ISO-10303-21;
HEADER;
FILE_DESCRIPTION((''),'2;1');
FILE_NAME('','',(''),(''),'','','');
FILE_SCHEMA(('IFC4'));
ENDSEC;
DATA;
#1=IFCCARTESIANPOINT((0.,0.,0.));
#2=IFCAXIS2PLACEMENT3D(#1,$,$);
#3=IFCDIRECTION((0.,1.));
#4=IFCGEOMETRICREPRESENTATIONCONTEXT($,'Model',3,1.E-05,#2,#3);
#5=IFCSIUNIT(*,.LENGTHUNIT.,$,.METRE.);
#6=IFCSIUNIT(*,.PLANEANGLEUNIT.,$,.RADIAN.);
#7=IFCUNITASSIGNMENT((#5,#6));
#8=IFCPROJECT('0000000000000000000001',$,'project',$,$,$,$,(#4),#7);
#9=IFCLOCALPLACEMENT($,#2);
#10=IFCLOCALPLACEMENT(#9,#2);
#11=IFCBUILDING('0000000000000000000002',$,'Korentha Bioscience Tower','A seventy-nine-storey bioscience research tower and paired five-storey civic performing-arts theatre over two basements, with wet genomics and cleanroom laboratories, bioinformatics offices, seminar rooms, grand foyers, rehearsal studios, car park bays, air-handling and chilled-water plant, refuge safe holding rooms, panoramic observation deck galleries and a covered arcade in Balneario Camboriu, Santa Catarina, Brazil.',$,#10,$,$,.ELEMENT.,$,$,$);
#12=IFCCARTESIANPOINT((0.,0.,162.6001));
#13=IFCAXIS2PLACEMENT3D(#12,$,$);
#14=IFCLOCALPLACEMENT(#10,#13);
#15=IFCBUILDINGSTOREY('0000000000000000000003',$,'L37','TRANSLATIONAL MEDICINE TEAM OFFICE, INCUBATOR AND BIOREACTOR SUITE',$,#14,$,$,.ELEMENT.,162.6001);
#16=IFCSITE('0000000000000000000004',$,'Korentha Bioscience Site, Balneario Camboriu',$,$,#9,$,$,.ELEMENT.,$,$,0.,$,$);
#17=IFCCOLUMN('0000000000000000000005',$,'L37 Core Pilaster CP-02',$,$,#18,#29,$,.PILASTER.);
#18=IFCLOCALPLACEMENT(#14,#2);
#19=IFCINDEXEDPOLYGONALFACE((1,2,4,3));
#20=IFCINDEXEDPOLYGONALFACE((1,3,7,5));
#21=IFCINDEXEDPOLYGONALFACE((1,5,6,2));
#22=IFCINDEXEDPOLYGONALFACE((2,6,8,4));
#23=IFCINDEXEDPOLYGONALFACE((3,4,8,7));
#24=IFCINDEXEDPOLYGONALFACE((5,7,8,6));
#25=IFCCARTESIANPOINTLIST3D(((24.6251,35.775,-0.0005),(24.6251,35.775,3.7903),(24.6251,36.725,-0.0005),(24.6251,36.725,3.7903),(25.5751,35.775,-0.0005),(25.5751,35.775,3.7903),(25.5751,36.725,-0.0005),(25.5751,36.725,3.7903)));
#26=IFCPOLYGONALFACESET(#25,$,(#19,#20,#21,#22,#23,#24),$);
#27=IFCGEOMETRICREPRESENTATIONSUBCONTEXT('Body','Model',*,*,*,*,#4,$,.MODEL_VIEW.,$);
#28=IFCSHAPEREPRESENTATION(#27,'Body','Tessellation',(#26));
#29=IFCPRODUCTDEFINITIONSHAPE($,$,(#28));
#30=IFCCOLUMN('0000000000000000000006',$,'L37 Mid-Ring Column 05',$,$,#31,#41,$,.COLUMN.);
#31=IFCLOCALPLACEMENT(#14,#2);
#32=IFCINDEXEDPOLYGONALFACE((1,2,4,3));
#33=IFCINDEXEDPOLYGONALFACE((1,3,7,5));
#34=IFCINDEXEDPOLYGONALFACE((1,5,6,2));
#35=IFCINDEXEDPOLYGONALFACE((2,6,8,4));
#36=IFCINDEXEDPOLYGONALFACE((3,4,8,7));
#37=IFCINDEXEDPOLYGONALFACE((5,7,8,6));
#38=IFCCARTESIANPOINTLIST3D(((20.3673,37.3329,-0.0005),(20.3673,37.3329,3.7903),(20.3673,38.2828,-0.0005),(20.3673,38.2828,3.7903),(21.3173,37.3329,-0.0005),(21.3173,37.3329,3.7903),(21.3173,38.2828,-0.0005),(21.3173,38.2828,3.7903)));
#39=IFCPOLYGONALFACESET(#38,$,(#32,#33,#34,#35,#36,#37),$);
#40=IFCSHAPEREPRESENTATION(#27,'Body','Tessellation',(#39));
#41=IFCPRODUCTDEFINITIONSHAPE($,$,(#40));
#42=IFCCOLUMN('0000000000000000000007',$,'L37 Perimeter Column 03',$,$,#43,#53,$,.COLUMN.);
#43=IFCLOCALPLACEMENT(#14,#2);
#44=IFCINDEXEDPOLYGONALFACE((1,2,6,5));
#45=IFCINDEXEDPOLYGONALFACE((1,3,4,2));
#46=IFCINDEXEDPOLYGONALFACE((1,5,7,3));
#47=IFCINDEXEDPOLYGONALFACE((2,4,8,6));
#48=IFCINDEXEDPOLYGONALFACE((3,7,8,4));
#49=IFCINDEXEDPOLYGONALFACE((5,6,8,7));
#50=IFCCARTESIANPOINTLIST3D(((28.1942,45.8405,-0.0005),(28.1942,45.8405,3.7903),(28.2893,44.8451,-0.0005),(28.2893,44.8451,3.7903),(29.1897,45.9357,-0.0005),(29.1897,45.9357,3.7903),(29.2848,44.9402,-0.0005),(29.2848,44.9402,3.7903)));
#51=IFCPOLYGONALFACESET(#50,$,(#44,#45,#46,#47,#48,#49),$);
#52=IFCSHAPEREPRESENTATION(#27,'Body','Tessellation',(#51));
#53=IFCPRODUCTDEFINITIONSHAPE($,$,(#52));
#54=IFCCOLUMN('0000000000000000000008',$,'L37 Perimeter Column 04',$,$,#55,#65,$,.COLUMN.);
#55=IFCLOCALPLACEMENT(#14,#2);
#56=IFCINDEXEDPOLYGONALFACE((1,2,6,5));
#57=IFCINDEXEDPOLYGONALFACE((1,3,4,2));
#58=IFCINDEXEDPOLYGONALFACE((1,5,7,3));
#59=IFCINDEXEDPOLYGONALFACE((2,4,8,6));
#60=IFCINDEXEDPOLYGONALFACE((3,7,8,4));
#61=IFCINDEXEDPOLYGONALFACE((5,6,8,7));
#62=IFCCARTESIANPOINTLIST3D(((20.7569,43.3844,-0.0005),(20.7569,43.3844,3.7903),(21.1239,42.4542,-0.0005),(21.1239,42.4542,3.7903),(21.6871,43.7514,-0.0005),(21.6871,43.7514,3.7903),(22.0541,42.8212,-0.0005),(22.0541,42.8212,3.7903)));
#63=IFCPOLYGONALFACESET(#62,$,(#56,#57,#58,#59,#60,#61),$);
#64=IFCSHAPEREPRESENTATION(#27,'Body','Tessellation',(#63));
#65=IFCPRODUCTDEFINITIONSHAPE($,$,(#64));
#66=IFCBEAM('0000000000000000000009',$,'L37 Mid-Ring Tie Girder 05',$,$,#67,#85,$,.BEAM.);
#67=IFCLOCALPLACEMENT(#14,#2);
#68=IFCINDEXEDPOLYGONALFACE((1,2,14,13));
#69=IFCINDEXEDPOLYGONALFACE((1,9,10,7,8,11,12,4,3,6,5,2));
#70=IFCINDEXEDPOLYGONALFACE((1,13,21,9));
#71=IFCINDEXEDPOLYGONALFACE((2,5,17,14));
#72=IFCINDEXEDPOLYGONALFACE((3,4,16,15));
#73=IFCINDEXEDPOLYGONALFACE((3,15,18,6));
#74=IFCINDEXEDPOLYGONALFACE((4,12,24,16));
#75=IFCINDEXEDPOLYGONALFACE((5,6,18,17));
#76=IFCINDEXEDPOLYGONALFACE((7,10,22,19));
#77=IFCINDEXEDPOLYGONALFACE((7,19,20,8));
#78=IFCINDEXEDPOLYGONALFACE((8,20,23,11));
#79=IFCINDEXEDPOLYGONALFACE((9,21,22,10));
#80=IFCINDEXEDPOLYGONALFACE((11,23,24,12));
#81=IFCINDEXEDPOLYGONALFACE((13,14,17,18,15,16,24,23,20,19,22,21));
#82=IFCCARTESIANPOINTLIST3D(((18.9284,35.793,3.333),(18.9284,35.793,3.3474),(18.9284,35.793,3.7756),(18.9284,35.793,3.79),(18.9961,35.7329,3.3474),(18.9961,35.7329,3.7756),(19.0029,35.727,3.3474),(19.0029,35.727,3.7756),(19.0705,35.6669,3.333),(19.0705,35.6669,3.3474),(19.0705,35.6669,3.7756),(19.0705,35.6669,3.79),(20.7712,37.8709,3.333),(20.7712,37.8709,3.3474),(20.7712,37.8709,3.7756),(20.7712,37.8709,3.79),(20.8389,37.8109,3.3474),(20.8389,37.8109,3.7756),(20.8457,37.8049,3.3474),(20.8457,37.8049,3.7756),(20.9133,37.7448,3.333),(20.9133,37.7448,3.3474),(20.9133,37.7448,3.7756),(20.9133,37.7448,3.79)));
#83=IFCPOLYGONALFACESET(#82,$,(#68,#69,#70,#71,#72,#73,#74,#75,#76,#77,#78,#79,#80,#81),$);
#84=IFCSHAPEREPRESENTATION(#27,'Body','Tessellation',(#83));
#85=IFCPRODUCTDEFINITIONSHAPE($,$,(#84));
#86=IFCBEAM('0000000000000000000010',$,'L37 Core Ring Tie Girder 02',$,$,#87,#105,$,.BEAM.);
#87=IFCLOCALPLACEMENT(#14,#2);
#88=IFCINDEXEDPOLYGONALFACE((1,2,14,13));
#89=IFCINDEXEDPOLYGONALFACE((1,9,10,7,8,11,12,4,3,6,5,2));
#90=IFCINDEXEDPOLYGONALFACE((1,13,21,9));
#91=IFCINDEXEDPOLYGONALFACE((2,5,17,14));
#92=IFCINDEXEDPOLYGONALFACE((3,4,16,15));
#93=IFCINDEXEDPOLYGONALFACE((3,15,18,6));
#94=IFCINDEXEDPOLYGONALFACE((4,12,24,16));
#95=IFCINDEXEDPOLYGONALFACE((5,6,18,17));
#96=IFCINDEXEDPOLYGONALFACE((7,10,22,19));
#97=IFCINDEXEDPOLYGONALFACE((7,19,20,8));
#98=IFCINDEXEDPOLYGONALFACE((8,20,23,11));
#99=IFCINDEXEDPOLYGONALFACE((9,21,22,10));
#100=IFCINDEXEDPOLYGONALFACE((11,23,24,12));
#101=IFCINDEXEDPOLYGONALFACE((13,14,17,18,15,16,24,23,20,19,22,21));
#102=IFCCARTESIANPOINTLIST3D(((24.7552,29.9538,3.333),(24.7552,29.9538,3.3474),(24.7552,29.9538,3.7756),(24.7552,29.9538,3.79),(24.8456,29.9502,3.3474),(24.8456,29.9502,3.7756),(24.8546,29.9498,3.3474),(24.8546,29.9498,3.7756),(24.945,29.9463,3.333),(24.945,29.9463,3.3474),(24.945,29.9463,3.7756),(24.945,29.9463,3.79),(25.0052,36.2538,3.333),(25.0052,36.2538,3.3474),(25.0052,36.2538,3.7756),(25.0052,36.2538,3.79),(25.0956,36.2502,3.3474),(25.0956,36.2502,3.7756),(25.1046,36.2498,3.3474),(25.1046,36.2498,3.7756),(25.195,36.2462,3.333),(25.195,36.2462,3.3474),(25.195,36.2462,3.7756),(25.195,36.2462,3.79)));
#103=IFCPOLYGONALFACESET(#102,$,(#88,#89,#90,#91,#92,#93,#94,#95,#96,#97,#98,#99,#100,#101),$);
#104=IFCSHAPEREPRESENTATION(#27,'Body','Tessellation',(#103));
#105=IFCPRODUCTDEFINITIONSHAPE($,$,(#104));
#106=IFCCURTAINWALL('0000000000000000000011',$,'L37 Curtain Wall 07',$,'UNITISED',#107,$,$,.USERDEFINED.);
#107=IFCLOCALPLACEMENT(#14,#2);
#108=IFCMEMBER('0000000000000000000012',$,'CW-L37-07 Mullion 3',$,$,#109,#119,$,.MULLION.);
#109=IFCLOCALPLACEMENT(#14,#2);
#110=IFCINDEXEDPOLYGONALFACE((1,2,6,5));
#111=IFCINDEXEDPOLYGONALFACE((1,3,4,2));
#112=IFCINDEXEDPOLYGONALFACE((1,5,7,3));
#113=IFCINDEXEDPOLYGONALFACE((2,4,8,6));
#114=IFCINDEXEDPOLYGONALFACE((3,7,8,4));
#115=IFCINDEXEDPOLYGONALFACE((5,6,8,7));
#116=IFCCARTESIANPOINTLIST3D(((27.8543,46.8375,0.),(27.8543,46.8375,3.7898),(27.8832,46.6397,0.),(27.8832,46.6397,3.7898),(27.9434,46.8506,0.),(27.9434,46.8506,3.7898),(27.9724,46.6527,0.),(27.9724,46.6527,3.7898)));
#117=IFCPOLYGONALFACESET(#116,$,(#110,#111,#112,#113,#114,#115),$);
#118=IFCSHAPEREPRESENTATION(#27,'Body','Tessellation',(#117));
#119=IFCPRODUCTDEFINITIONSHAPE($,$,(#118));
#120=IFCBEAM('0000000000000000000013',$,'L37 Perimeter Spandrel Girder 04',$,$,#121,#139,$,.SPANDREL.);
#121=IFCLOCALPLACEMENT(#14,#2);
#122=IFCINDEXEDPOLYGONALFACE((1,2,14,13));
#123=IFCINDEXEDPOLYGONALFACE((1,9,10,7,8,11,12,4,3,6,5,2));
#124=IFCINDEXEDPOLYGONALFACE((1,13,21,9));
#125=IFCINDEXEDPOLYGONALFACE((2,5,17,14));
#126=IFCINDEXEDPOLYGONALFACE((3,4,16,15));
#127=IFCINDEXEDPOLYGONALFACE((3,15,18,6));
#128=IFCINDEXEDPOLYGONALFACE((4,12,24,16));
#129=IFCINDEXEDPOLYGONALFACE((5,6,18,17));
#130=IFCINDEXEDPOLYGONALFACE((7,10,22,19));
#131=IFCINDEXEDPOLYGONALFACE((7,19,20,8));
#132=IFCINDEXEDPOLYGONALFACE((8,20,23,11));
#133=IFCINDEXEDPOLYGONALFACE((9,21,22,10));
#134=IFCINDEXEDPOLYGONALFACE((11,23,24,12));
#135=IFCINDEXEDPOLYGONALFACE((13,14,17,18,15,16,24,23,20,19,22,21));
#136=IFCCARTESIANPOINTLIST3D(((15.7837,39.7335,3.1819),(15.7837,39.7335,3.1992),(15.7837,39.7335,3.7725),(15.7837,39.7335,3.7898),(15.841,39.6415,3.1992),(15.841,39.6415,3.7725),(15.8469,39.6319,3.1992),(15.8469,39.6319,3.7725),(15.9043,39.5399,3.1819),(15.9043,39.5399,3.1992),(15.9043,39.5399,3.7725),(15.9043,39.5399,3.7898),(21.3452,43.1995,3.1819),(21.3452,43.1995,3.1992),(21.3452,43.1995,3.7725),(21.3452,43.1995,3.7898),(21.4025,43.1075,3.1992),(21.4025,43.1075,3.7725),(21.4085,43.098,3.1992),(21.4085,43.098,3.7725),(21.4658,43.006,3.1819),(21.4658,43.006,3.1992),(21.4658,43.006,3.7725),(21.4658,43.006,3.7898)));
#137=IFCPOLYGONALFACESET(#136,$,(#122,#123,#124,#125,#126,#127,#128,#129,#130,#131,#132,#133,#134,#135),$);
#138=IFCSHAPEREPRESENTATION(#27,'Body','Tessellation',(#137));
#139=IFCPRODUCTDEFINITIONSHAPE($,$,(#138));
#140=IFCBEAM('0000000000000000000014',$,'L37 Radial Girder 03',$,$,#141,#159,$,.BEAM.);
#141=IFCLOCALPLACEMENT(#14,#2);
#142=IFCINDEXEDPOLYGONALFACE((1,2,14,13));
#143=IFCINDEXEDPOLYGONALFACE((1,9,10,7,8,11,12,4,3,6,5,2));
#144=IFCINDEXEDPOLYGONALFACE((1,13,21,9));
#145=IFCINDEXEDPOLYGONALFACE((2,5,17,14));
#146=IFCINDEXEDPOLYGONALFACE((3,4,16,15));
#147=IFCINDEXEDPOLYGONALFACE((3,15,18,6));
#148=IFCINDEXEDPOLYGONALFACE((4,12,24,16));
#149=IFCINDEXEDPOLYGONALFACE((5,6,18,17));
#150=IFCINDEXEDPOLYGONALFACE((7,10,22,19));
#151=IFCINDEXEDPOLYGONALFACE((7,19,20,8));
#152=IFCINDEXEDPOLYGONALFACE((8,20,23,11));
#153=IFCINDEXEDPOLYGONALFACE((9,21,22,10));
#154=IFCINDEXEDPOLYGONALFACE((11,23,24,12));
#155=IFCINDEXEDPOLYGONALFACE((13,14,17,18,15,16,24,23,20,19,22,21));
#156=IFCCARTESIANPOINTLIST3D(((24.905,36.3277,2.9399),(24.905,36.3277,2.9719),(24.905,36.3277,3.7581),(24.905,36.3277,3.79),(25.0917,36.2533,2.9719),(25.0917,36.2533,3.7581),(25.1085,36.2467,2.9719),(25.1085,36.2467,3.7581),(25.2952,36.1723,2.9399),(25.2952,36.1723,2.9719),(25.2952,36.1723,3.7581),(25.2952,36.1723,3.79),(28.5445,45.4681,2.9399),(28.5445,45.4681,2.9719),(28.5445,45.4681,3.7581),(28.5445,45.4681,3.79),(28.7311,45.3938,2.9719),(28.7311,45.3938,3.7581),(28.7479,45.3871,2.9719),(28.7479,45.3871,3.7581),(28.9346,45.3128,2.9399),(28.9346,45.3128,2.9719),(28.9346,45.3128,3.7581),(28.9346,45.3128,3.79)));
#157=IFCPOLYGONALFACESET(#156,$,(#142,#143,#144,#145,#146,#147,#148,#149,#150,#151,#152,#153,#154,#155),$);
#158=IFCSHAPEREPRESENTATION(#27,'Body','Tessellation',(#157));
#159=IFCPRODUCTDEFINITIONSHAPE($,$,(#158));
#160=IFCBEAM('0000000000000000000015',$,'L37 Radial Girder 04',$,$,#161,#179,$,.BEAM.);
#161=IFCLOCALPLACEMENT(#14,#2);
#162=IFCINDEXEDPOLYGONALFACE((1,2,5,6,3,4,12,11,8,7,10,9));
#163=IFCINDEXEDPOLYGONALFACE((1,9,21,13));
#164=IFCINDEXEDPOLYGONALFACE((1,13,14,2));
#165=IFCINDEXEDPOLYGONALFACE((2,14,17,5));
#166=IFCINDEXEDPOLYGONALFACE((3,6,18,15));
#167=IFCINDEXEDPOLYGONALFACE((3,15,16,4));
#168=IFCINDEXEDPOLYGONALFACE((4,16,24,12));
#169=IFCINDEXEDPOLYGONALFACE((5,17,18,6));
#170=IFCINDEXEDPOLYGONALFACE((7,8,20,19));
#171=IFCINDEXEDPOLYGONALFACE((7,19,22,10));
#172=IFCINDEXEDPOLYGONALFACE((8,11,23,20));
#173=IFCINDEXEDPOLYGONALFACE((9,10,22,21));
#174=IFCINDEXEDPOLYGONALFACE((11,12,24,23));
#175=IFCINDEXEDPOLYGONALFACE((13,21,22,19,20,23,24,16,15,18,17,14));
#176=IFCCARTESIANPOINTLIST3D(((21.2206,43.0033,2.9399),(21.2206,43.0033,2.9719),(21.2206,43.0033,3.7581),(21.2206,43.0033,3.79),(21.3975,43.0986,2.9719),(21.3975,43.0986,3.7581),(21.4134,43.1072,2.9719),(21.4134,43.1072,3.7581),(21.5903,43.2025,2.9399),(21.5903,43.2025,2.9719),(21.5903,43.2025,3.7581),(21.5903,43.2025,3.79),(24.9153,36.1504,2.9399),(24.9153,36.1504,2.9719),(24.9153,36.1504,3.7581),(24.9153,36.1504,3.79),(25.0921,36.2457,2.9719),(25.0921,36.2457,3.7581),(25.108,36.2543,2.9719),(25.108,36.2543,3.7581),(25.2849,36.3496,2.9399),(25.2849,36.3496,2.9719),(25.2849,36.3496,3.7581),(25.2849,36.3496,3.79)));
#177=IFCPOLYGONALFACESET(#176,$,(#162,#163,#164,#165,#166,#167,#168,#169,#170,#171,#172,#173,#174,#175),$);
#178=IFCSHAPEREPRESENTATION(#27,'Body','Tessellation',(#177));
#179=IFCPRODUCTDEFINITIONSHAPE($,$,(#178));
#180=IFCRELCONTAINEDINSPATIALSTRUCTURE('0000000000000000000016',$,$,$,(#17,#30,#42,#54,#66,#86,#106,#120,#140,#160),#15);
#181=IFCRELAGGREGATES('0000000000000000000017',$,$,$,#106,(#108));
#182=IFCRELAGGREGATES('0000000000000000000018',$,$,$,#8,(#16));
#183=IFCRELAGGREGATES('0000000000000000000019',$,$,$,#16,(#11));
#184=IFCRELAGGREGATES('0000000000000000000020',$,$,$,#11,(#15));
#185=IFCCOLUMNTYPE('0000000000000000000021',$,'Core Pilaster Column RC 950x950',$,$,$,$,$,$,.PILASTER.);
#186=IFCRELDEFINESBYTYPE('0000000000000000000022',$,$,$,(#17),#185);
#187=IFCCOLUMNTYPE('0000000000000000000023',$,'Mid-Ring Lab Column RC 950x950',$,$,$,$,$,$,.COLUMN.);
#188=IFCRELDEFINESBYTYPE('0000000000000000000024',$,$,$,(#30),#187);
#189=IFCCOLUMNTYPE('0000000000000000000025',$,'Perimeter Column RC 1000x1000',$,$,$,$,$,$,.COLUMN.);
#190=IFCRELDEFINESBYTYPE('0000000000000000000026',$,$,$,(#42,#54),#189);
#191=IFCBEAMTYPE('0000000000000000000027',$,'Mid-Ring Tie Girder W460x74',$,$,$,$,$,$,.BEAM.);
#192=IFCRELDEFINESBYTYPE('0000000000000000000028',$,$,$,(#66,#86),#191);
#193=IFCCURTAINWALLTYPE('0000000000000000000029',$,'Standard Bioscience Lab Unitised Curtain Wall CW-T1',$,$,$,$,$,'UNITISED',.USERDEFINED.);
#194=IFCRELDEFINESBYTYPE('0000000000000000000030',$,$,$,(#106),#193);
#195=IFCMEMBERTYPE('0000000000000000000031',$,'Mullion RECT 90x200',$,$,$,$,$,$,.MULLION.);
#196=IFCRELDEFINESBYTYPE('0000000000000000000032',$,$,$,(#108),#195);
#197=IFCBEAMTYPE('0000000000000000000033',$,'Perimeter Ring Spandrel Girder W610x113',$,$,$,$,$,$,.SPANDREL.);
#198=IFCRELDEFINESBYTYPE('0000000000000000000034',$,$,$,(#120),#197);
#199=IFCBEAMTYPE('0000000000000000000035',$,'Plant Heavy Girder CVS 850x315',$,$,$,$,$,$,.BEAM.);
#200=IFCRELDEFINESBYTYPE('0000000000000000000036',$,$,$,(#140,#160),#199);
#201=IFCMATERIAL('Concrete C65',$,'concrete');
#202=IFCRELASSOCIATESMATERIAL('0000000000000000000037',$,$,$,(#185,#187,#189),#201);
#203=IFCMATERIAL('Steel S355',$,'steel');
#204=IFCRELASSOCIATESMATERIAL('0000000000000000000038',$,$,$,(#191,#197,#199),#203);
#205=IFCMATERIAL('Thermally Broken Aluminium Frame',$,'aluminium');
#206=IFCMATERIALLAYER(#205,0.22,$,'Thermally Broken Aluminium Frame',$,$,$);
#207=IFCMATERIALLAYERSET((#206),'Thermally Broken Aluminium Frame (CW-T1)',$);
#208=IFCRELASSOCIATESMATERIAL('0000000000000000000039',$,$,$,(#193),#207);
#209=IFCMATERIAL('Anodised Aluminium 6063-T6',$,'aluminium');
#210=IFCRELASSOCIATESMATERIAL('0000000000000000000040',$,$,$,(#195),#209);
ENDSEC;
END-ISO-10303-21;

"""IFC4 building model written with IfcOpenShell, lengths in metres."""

from ifc_helpers import new_model, si_unit, direction, frame, origin, origin_2d, place, context, subcontext, project, spatial, rectangle, i_section, extrude, material, layer, layer_set, material_profile, profile_set, type_object, element, aggregate, save


model = new_model("IFC4")

# Units and contexts
model_context = context("Model", 3, precision=1e-05, world=origin(), true_north=direction((0.0, 1.0)))
body_context = subcontext(model_context, "Body", "Model", "MODEL_VIEW")
ifc_project = project(units=[si_unit("LENGTHUNIT", "METRE"), si_unit("PLANEANGLEUNIT", "RADIAN")], contexts=[model_context])

# Site, building, storey
site_placement = place(None, origin())
site = spatial("IfcSite", under=ifc_project, at=site_placement, Name="Korentha Bioscience Site, Balneario Camboriu", CompositionType="ELEMENT", RefElevation=0.0)
building_placement = place(site_placement, origin())
building = spatial("IfcBuilding", under=site, at=building_placement, Name="Korentha Bioscience Tower", Description="A seventy-nine-storey bioscience research tower and paired five-storey civic performing-arts theatre over two basements, with wet genomics and cleanroom laboratories, bioinformatics offices, seminar rooms, grand foyers, rehearsal studios, car park bays, air-handling and chilled-water plant, refuge safe holding rooms, panoramic observation deck galleries and a covered arcade in Balneario Camboriu, Santa Catarina, Brazil.", CompositionType="ELEMENT")
storey_placement = place(building_placement, frame((0.0, 0.0, 162.6001)))
storey = spatial("IfcBuildingStorey", under=building, at=storey_placement, Name="L37", Description="TRANSLATIONAL MEDICINE TEAM OFFICE, INCUBATOR AND BIOREACTOR SUITE", CompositionType="ELEMENT", Elevation=162.6001)

# Columns
ifc_material_1 = material(Name="Concrete C65", Category="concrete")
ifc_material_profile_1 = material_profile(ifc_material_1, rectangle(XDim=0.95, YDim=0.95, at=origin_2d()), Name="Concrete C65")
ifc_profile_set_1 = profile_set([ifc_material_profile_1], Name="Concrete C65 (COL-CP09)")
column_type_1 = type_object("IfcColumnType", Name="Core Pilaster Column RC 950x950", PredefinedType="PILASTER", material=ifc_profile_set_1)
column_1_placement = place(storey_placement, frame((25.1001, 36.25, -0.0005), z_axis=(0.0, 0.0, 1.0), x_axis=(1.0, 0.0, 0.0)))
element("IfcColumn", 1, at=column_1_placement, inside=storey, type_object=column_type_1, Name="L37 Core Pilaster CP-02", PredefinedType="PILASTER", context=body_context, shape_type="SweptSolid", body=[
    extrude(rectangle(XDim=0.95, YDim=0.95, at=origin_2d()), origin(), (0.0, 0.0, 1.0), 3.7908),
])
ifc_material_profile_2 = material_profile(ifc_material_1, rectangle(XDim=0.95, YDim=0.95, at=origin_2d()), Name="Concrete C65")
ifc_profile_set_2 = profile_set([ifc_material_profile_2], Name="Concrete C65 (COL-MR09)")
column_type_2 = type_object("IfcColumnType", Name="Mid-Ring Lab Column RC 950x950", PredefinedType="COLUMN", material=ifc_profile_set_2)
column_2_placement = place(storey_placement, frame((20.8423, 37.8079, -0.0005), z_axis=(0.0, 0.0, 1.0), x_axis=(1.0, 0.0, 0.0)))
element("IfcColumn", 2, at=column_2_placement, inside=storey, type_object=column_type_2, Name="L37 Mid-Ring Column 05", PredefinedType="COLUMN", context=body_context, shape_type="SweptSolid", body=[
    extrude(rectangle(XDim=0.95, YDim=0.95, at=origin_2d()), origin(), (0.0, 0.0, 1.0), 3.7908),
])
ifc_material_profile_3 = material_profile(ifc_material_1, rectangle(XDim=1.0, YDim=1.0, at=origin_2d()), Name="Concrete C65")
ifc_profile_set_3 = profile_set([ifc_material_profile_3], Name="Concrete C65 (COL-P10)")
column_type_3 = type_object("IfcColumnType", Name="Perimeter Column RC 1000x1000", PredefinedType="COLUMN", material=ifc_profile_set_3)
for number, where, z_axis, x_axis, name in (
    (3, (28.7395, 45.3904, -0.0005), (0.0, 0.0, 1.0), (0.995463, 0.095151, 0.0), "L37 Perimeter Column 03"),
    (4, (21.4055, 43.1028, -0.0005), (0.0, 0.0, 1.0), (0.930226, 0.366988, 0.0), "L37 Perimeter Column 04"),
):
    element("IfcColumn", number, at=place(storey_placement, frame(where, z_axis=z_axis, x_axis=x_axis)), inside=storey, type_object=column_type_3, Name=name, PredefinedType="COLUMN", context=body_context, shape_type="SweptSolid", body=[
        extrude(rectangle(XDim=1.0, YDim=1.0, at=origin_2d()), origin(), (0.0, 0.0, 1.0), 3.7908),
    ])

# Beams
ifc_material_2 = material(Name="Steel S355", Category="steel")
ifc_material_profile_4 = material_profile(ifc_material_2, i_section(OverallWidth=0.1899, OverallDepth=0.457, WebThickness=0.009, FlangeThickness=0.0144, at=origin_2d()), Name="Steel S355")
ifc_profile_set_4 = profile_set([ifc_material_profile_4], Name="Steel S355 (MB-460)")
beam_type_1 = type_object("IfcBeamType", Name="Mid-Ring Tie Girder W460x74", PredefinedType="BEAM", material=ifc_profile_set_4)
beam_1_placement = place(storey_placement, frame((20.8423, 37.8079, 3.5615), z_axis=(-0.663512, -0.748165, 0.0), x_axis=(0.748165, -0.663512, 0.0)))
element("IfcBeam", 5, at=beam_1_placement, inside=storey, type_object=beam_type_1, Name="L37 Mid-Ring Tie Girder 05", PredefinedType="BEAM", context=body_context, shape_type="SweptSolid", body=[
    extrude(i_section(OverallWidth=0.1899, OverallDepth=0.457, WebThickness=0.009, FlangeThickness=0.0144, at=origin_2d()), origin(), (0.0, 0.0, 1.0), 2.7773),
])
beam_2_placement = place(storey_placement, frame((25.1001, 36.25, 3.5615), z_axis=(-0.039651, -0.999214, 0.0), x_axis=(0.999214, -0.039651, 0.0)))
element("IfcBeam", 6, at=beam_2_placement, inside=storey, type_object=beam_type_1, Name="L37 Core Ring Tie Girder 02", PredefinedType="BEAM", context=body_context, shape_type="SweptSolid", body=[
    extrude(i_section(OverallWidth=0.1899, OverallDepth=0.457, WebThickness=0.009, FlangeThickness=0.0144, at=origin_2d()), origin(), (0.0, 0.0, 1.0), 6.3049),
])

# Curtain wall, member
ifc_material_3 = material(Name="Thermally Broken Aluminium Frame", Category="aluminium")
ifc_layer_1 = layer(ifc_material_3, 0.22, Name="Thermally Broken Aluminium Frame")
ifc_layer_set_1 = layer_set([ifc_layer_1], Name="Thermally Broken Aluminium Frame (CW-T1)")
curtain_wall_type = type_object("IfcCurtainWallType", Name="Standard Bioscience Lab Unitised Curtain Wall CW-T1", ElementType="UNITISED", PredefinedType="USERDEFINED", material=ifc_layer_set_1)
curtain_wall_placement = place(storey_placement, origin())
curtain_wall = element("IfcCurtainWall", 7, at=curtain_wall_placement, inside=storey, type_object=curtain_wall_type, Name="L37 Curtain Wall 07", ObjectType="UNITISED", PredefinedType="USERDEFINED")
ifc_material_4 = material(Name="Anodised Aluminium 6063-T6", Category="aluminium")
ifc_material_profile_5 = material_profile(ifc_material_4, rectangle(XDim=0.0901, YDim=0.2, at=origin_2d()), Name="Anodised Aluminium 6063-T6")
ifc_profile_set_5 = profile_set([ifc_material_profile_5], Name="Anodised Aluminium 6063-T6 (CW-MUL)")
member_type = type_object("IfcMemberType", Name="Mullion RECT 90x200", PredefinedType="MULLION", material=ifc_profile_set_5)
member_placement = place(storey_placement, frame((27.9133, 46.7451, 0.0), z_axis=(0.0, 0.0, 1.0), x_axis=(-0.989462, -0.144793, 0.0)))
member = element("IfcMember", 8, at=member_placement, type_object=member_type, Name="CW-L37-07 Mullion 3", PredefinedType="MULLION", context=body_context, shape_type="SweptSolid", body=[
    extrude(rectangle(XDim=0.0901, YDim=0.2, at=origin_2d()), origin(), (0.0, 0.0, 1.0), 3.7898),
])

# Beams
ifc_material_profile_6 = material_profile(ifc_material_2, i_section(OverallWidth=0.228, OverallDepth=0.6079, WebThickness=0.0112, FlangeThickness=0.0173, at=origin_2d()), Name="Steel S355")
ifc_profile_set_6 = profile_set([ifc_material_profile_6], Name="Steel S355 (SB-610)")
beam_type_2 = type_object("IfcBeamType", Name="Perimeter Ring Spandrel Girder W610x113", PredefinedType="SPANDREL", material=ifc_profile_set_6)
beam_3_placement = place(storey_placement, frame((21.4055, 43.1028, 3.4858), z_axis=(-0.848676, -0.528913, 0.0), x_axis=(0.528913, -0.848676, 0.0)))
element("IfcBeam", 9, at=beam_3_placement, inside=storey, type_object=beam_type_2, Name="L37 Perimeter Spandrel Girder 04", PredefinedType="SPANDREL", context=body_context, shape_type="SweptSolid", body=[
    extrude(i_section(OverallWidth=0.228, OverallDepth=0.6079, WebThickness=0.0112, FlangeThickness=0.0173, at=origin_2d()), origin(), (0.0, 0.0, 1.0), 6.5532),
])
ifc_material_profile_7 = material_profile(ifc_material_2, i_section(OverallWidth=0.4199, OverallDepth=0.8501, WebThickness=0.0181, FlangeThickness=0.032, at=origin_2d()), Name="Steel S355")
ifc_profile_set_7 = profile_set([ifc_material_profile_7], Name="Steel S355 (MB-850)")
beam_type_3 = type_object("IfcBeamType", Name="Plant Heavy Girder CVS 850x315", PredefinedType="BEAM", material=ifc_profile_set_7)
beam_4_placement = place(storey_placement, frame((25.1001, 36.25, 3.365), z_axis=(0.369923, 0.929063, 0.0), x_axis=(-0.929063, 0.369923, 0.0)))
element("IfcBeam", 10, at=beam_4_placement, inside=storey, type_object=beam_type_3, Name="L37 Radial Girder 03", PredefinedType="BEAM", context=body_context, shape_type="SweptSolid", body=[
    extrude(i_section(OverallWidth=0.4199, OverallDepth=0.8501, WebThickness=0.0181, FlangeThickness=0.032, at=origin_2d()), origin(), (0.0, 0.0, 1.0), 9.8384),
])
beam_5_placement = place(storey_placement, frame((25.1001, 36.25, 3.365), z_axis=(-0.47456, 0.880223, 0.0), x_axis=(-0.880223, -0.47456, 0.0)))
element("IfcBeam", 11, at=beam_5_placement, inside=storey, type_object=beam_type_3, Name="L37 Radial Girder 04", PredefinedType="BEAM", context=body_context, shape_type="SweptSolid", body=[
    extrude(i_section(OverallWidth=0.4199, OverallDepth=0.8501, WebThickness=0.0181, FlangeThickness=0.032, at=origin_2d()), origin(), (0.0, 0.0, 1.0), 7.7854),
])

aggregate(curtain_wall, [member])

save(model, "model.ifc")
